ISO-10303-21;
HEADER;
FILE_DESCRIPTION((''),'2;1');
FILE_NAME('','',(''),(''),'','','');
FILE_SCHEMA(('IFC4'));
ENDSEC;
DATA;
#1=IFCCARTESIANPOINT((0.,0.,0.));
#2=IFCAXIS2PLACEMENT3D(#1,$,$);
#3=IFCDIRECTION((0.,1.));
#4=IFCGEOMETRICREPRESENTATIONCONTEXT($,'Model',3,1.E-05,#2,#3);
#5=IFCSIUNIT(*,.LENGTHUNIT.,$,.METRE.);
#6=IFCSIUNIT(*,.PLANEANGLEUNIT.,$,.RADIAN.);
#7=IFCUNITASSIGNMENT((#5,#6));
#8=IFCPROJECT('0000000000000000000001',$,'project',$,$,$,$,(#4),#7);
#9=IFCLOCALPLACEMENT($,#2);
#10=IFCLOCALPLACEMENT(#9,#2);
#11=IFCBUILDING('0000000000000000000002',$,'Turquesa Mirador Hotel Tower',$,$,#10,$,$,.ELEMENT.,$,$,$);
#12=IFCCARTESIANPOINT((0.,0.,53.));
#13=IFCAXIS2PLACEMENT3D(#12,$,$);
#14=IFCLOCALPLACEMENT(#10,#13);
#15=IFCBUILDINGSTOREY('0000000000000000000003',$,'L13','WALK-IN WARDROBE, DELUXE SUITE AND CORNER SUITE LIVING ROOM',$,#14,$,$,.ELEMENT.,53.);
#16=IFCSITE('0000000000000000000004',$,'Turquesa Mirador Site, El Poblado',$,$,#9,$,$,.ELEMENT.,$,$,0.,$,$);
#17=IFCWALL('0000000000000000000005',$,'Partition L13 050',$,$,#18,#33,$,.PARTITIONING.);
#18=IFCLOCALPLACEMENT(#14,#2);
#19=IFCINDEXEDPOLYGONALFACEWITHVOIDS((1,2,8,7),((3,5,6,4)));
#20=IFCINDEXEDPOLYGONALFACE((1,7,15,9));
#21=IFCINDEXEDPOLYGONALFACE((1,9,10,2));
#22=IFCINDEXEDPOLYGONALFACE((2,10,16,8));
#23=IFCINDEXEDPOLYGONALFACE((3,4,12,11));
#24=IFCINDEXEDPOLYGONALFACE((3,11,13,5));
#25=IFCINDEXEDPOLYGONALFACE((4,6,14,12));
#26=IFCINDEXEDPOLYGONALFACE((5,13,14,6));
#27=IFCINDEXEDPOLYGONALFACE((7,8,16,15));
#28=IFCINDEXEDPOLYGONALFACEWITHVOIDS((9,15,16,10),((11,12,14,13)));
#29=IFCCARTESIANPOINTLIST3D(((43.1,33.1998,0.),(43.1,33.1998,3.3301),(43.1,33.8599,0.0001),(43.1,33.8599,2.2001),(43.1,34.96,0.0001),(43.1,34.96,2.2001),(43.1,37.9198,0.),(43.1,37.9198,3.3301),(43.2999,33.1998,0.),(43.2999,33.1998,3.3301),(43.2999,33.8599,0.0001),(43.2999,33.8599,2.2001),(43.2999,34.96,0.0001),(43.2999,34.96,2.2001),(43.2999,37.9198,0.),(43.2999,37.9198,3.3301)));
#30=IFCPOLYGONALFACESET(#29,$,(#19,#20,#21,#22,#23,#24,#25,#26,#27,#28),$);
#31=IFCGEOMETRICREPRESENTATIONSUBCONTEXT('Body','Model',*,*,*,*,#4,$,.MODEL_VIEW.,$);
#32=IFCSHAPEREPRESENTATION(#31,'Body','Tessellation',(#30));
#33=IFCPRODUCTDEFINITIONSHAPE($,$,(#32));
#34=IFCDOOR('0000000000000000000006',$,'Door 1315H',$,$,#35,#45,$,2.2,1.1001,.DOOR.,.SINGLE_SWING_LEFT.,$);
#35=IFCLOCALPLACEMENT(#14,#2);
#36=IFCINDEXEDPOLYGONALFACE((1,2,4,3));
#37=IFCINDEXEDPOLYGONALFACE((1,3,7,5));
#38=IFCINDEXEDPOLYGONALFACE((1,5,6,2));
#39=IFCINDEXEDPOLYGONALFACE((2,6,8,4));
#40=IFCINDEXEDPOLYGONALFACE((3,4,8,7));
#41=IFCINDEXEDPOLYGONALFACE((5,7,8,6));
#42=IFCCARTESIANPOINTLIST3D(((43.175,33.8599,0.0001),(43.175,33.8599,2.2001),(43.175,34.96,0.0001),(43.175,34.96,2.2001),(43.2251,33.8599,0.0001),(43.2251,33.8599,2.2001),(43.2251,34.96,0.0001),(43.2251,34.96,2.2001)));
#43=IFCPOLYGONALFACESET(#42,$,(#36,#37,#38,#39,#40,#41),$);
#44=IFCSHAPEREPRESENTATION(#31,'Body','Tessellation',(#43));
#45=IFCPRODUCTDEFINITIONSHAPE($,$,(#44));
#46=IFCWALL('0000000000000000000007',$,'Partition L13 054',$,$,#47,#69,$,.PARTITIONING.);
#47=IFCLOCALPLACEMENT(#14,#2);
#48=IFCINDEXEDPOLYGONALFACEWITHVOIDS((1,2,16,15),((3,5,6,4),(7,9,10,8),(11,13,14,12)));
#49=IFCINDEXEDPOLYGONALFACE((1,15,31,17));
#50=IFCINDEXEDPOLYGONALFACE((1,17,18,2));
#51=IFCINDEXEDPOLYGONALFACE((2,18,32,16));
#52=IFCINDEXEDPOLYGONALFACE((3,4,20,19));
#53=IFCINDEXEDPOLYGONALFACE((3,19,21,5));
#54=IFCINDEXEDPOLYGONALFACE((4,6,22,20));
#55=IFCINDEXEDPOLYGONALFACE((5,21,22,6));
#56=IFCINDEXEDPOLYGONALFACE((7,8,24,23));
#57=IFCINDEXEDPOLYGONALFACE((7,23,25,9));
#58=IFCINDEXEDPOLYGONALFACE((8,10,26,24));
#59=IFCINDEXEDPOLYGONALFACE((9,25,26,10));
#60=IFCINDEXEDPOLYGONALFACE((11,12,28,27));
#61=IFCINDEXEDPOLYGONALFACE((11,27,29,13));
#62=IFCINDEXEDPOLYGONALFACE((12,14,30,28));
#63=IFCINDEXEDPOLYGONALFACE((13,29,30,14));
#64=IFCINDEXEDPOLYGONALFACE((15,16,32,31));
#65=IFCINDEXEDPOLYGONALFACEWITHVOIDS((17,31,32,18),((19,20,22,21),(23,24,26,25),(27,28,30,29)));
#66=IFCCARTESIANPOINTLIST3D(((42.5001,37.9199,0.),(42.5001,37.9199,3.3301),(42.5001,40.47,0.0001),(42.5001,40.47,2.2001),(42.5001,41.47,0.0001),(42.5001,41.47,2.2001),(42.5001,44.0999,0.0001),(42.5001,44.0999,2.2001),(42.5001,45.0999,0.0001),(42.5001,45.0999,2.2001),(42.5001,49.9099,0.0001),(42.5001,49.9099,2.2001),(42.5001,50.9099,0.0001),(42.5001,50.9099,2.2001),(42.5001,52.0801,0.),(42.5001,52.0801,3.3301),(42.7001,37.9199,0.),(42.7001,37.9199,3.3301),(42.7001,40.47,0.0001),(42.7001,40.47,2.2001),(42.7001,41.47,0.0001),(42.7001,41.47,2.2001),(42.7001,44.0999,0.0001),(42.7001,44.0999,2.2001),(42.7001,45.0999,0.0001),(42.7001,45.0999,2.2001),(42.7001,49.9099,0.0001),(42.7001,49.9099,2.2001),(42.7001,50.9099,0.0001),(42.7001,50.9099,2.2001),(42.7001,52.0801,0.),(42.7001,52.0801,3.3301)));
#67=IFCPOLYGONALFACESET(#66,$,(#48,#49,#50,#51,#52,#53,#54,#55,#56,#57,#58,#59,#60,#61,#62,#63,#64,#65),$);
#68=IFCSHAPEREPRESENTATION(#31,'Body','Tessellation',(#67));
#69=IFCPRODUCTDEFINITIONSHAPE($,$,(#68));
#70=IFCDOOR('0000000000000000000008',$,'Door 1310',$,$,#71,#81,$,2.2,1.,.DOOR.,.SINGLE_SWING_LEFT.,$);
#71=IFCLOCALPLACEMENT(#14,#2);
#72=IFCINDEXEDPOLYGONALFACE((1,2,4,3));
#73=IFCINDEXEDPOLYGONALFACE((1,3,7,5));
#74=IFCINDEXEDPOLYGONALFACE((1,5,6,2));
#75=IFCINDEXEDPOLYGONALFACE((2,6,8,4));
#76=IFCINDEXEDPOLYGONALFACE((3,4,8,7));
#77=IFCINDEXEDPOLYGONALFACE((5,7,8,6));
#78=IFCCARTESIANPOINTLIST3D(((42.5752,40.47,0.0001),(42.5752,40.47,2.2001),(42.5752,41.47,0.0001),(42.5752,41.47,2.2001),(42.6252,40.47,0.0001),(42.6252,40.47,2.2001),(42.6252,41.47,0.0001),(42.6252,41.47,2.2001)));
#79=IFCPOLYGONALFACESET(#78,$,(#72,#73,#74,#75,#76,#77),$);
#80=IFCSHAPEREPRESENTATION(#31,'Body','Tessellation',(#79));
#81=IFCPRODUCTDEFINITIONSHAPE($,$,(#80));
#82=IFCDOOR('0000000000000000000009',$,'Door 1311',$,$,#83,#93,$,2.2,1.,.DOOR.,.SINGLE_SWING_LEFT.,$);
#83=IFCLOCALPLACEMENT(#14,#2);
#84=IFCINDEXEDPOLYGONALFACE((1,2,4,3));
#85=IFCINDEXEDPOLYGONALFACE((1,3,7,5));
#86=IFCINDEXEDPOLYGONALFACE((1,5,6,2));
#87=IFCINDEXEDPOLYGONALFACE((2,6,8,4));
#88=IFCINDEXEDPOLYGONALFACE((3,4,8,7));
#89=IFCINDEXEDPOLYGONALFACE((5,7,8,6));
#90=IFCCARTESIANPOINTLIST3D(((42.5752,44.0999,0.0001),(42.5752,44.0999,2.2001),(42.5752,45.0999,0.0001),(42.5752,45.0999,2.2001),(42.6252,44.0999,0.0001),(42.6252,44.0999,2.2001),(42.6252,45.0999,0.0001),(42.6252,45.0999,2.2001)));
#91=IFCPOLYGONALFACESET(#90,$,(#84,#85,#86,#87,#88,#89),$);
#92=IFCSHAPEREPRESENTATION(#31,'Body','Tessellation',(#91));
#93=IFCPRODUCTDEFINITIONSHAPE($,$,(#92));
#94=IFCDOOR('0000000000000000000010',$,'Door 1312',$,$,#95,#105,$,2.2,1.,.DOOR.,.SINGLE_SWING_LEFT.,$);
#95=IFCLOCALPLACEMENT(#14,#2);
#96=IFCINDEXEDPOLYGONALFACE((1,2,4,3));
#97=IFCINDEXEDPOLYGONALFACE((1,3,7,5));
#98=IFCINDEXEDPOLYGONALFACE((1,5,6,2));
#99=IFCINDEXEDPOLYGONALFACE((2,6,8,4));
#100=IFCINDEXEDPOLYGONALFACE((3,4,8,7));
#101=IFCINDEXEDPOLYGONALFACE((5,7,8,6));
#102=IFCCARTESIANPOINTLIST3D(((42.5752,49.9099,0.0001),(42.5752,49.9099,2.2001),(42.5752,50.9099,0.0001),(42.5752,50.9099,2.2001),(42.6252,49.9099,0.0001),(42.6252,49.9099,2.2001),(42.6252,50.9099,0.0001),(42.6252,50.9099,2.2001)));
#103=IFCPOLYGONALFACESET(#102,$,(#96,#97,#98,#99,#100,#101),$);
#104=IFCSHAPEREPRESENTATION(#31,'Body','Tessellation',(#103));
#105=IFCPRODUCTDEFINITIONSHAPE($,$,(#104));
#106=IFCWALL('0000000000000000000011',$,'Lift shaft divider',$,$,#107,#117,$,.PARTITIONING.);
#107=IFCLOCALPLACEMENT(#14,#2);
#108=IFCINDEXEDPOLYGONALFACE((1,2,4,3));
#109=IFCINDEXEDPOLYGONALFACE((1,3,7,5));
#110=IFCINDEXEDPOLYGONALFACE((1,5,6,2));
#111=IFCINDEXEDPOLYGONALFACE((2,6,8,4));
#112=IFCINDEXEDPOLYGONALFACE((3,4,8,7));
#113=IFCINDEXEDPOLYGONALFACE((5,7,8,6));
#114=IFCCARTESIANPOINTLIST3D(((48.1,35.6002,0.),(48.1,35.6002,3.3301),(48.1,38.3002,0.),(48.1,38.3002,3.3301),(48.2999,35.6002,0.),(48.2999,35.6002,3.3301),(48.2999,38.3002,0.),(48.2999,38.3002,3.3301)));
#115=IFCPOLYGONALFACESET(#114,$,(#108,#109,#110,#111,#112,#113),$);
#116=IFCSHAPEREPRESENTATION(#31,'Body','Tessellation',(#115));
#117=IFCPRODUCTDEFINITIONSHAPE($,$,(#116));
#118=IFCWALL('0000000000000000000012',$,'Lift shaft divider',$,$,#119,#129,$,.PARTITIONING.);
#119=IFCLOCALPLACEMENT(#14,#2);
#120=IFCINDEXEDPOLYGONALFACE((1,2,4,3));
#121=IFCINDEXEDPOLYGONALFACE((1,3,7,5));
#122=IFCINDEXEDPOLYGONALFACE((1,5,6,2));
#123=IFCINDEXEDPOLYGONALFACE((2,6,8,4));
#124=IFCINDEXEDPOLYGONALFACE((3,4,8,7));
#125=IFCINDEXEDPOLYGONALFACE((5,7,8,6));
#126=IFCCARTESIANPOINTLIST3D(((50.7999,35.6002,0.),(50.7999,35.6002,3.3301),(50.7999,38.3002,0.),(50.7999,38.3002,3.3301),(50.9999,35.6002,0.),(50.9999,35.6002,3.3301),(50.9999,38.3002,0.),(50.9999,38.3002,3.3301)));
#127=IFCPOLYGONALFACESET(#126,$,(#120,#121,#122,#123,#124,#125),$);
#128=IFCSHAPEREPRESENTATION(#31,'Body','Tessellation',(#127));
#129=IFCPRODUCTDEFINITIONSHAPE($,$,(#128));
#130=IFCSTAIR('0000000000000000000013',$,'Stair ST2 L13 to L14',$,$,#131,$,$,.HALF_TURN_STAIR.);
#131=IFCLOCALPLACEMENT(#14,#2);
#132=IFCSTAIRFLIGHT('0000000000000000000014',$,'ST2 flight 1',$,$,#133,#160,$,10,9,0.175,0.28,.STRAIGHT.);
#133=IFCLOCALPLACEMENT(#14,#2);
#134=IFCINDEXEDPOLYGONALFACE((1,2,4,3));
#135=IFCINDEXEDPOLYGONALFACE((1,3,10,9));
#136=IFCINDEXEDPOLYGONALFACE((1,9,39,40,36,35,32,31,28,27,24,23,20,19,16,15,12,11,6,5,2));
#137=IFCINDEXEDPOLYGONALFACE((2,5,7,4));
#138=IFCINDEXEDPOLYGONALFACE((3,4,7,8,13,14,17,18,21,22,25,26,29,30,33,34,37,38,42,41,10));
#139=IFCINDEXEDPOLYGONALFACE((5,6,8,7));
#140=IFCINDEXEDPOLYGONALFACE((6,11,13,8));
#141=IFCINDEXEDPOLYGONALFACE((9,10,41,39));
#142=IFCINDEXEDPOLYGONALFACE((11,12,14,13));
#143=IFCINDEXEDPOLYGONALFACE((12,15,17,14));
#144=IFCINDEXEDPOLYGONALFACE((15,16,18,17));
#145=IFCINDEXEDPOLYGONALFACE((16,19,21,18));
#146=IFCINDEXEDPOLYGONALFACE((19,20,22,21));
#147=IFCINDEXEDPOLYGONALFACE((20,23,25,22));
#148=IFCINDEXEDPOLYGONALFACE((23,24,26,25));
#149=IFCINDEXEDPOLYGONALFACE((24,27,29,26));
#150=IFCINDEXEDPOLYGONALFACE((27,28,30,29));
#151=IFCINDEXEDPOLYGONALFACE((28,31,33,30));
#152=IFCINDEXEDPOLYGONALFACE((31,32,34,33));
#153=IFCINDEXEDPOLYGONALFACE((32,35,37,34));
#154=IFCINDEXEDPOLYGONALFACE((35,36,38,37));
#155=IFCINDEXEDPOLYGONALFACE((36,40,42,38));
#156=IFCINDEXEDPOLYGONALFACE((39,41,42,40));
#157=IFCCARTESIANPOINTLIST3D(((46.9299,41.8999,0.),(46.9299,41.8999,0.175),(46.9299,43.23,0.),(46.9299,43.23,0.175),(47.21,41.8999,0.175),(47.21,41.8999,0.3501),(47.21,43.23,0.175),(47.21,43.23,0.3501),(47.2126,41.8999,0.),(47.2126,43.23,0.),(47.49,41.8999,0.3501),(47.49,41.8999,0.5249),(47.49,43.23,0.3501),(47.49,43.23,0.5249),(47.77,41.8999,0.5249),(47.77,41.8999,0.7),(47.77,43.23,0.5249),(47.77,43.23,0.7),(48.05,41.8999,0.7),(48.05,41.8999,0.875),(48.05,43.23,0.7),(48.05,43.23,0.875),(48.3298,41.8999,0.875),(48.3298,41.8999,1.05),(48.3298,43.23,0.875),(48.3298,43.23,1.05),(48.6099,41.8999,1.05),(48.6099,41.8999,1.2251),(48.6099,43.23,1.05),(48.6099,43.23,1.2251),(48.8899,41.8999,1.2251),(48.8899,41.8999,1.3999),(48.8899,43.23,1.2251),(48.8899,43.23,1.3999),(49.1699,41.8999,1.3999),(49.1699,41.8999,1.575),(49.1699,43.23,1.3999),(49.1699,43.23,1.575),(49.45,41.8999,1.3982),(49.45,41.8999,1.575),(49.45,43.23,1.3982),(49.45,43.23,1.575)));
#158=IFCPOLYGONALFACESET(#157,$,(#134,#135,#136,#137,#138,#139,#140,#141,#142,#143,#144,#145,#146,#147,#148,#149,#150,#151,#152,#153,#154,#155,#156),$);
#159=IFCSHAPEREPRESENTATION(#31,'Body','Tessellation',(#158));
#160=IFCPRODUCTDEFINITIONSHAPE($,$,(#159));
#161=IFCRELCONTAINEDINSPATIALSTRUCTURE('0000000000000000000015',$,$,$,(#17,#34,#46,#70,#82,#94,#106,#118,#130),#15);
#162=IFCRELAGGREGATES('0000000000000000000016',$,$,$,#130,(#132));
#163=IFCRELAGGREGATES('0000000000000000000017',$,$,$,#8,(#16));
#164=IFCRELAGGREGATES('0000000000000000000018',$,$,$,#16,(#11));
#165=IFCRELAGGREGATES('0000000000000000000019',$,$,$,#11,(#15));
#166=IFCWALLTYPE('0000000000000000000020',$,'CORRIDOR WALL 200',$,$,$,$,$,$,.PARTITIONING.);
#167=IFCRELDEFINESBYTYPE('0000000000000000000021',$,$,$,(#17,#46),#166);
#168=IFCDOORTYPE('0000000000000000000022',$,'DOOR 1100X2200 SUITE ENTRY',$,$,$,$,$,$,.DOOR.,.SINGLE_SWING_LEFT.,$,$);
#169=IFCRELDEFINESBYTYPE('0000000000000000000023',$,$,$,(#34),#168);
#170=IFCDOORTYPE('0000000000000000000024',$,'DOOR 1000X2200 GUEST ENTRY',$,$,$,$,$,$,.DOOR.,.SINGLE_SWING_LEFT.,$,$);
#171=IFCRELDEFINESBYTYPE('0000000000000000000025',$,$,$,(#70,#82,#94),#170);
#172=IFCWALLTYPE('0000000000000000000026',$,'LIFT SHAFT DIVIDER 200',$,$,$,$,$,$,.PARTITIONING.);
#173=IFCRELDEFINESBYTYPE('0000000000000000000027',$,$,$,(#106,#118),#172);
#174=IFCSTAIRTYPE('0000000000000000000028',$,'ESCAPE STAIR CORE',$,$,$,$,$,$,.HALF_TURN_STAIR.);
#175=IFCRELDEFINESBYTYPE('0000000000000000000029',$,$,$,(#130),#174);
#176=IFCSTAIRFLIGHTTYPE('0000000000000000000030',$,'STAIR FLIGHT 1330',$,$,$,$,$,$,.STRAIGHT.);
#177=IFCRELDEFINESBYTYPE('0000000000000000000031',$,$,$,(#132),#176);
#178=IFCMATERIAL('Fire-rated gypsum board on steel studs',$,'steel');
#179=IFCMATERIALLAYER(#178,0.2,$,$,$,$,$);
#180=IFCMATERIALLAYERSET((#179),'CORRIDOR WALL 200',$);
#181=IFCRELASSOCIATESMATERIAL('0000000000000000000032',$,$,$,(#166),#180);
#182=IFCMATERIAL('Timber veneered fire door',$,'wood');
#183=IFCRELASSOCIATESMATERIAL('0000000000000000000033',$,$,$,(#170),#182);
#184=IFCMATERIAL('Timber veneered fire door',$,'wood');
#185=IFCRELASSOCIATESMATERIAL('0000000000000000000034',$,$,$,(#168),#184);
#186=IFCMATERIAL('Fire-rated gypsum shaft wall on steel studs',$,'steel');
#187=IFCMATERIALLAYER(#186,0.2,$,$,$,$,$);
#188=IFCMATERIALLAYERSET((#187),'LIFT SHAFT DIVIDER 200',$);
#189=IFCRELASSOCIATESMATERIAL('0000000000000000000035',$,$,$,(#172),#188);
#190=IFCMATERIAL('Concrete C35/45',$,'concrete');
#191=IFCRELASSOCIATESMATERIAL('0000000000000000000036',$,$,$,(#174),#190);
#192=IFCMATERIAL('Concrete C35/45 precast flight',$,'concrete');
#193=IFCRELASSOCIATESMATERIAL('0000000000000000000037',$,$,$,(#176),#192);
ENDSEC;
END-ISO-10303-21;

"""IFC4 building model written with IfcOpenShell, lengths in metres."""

from ifc_helpers import new_model, si_unit, direction, frame, frame_2d, origin, place, context, subcontext, project, spatial, polyline, rectangle, outline, extrude, material, layer, layer_set, type_object, element, fill, aggregate, save


model = new_model("IFC4")

# Units and contexts
model_context = context("Model", 3, precision=1e-05, world=origin(), true_north=direction((0.0, 1.0)))
body_context = subcontext(model_context, "Body", "Model", "MODEL_VIEW")
ifc_project = project(units=[si_unit("LENGTHUNIT", "METRE"), si_unit("PLANEANGLEUNIT", "RADIAN")], contexts=[model_context])

# Site, building, storey
site_placement = place(None, origin())
site = spatial("IfcSite", under=ifc_project, at=site_placement, Name="Turquesa Mirador Site, El Poblado", CompositionType="ELEMENT", RefElevation=0.0)
building_placement = place(site_placement, origin())
building = spatial("IfcBuilding", under=site, at=building_placement, Name="Turquesa Mirador Hotel Tower", CompositionType="ELEMENT")
storey_placement = place(building_placement, frame((0.0, 0.0, 53.0)))
storey = spatial("IfcBuildingStorey", under=building, at=storey_placement, Name="L13", Description="WALK-IN WARDROBE, DELUXE SUITE AND CORNER SUITE LIVING ROOM", CompositionType="ELEMENT", Elevation=53.0)

# Shared definitions
ifc_material_1 = material(Name="Fire-rated gypsum board on steel studs", Category="steel")
ifc_layer_1 = layer(ifc_material_1, 0.2)
ifc_layer_set_1 = layer_set([ifc_layer_1], Name="CORRIDOR WALL 200")
wall_type_1 = type_object("IfcWallType", Name="CORRIDOR WALL 200", PredefinedType="PARTITIONING", material=ifc_layer_set_1)
ifc_material_2 = material(Name="Timber veneered fire door", Category="wood")
door_type_1 = type_object("IfcDoorType", Name="DOOR 1000X2200 GUEST ENTRY", OperationType="SINGLE_SWING_LEFT", PredefinedType="DOOR", material=ifc_material_2)

# Wall, opening, door
wall_1_placement = place(storey_placement, frame((43.2, 33.2, 0.0), z_axis=(0.0, 0.0, 1.0), x_axis=(0.0, 1.0, 0.0)))
wall_1 = element("IfcWall", 1, at=wall_1_placement, inside=storey, type_object=wall_type_1, Name="Partition L13 050", PredefinedType="PARTITIONING", context=body_context, shape_type="SweptSolid", body=[
    extrude(rectangle(XDim=4.72, YDim=0.2, at=frame_2d((2.3599, 0.0))), origin(), (0.0, 0.0, 1.0), 3.3301),
])
opening_1_placement = place(wall_1_placement, frame((0.6599, 0.0, 0.0)))
opening_1 = element("IfcOpeningElement", 2, at=opening_1_placement, cuts=wall_1, PredefinedType="OPENING", context=body_context, shape_type="SweptSolid", body=[
    extrude(rectangle(XDim=1.1001, YDim=2.2, at=frame_2d((0.55, 1.1001))), frame((0.0, 0.1099, 0.0), z_axis=(0.0, -1.0, 0.0), x_axis=(1.0, 0.0, 0.0)), (0.0, 0.0, 1.0), 0.22),
])
ifc_material_3 = material(Name="Timber veneered fire door", Category="wood")
door_type_2 = type_object("IfcDoorType", Name="DOOR 1100X2200 SUITE ENTRY", OperationType="SINGLE_SWING_LEFT", PredefinedType="DOOR", material=ifc_material_3)
door_1_placement = place(opening_1_placement, origin())
door_1 = element("IfcDoor", 3, at=door_1_placement, inside=storey, type_object=door_type_2, Name="Door 1315H", OperationType="SINGLE_SWING_LEFT", OverallHeight=2.2, OverallWidth=1.1001, PredefinedType="DOOR", context=body_context, shape_type="SweptSolid", body=[
    extrude(rectangle(XDim=1.1001, YDim=2.2, at=frame_2d((0.55, 1.1001))), frame((0.0, 0.0249, 0.0), z_axis=(0.0, -1.0, 0.0), x_axis=(1.0, 0.0, 0.0)), (0.0, 0.0, 1.0), 0.05),
])
fill(opening_1, door_1)

# Wall, openings, doors
wall_2_placement = place(storey_placement, frame((42.6001, 37.9199, 0.0), z_axis=(0.0, 0.0, 1.0), x_axis=(0.0, 1.0, 0.0)))
wall_2 = element("IfcWall", 4, at=wall_2_placement, inside=storey, type_object=wall_type_1, Name="Partition L13 054", PredefinedType="PARTITIONING", context=body_context, shape_type="SweptSolid", body=[
    extrude(rectangle(XDim=14.1602, YDim=0.2, at=frame_2d((7.0801, 0.0))), origin(), (0.0, 0.0, 1.0), 3.3301),
])
opening_2_placement = place(wall_2_placement, frame((2.55, 0.0, 0.0)))
opening_2 = element("IfcOpeningElement", 5, at=opening_2_placement, cuts=wall_2, PredefinedType="OPENING", context=body_context, shape_type="SweptSolid", body=[
    extrude(rectangle(XDim=1.0, YDim=2.2, at=frame_2d((0.5, 1.1001))), frame((0.0, 0.1099, 0.0), z_axis=(0.0, -1.0, 0.0), x_axis=(1.0, 0.0, 0.0)), (0.0, 0.0, 1.0), 0.22),
])
opening_3_placement = place(wall_2_placement, frame((6.1799, 0.0, 0.0)))
opening_3 = element("IfcOpeningElement", 6, at=opening_3_placement, cuts=wall_2, PredefinedType="OPENING", context=body_context, shape_type="SweptSolid", body=[
    extrude(rectangle(XDim=1.0, YDim=2.2, at=frame_2d((0.5, 1.1001))), frame((0.0, 0.1099, 0.0), z_axis=(0.0, -1.0, 0.0), x_axis=(1.0, 0.0, 0.0)), (0.0, 0.0, 1.0), 0.22),
])
opening_4_placement = place(wall_2_placement, frame((11.99, 0.0, 0.0)))
opening_4 = element("IfcOpeningElement", 7, at=opening_4_placement, cuts=wall_2, PredefinedType="OPENING", context=body_context, shape_type="SweptSolid", body=[
    extrude(rectangle(XDim=1.0, YDim=2.2, at=frame_2d((0.5, 1.1001))), frame((0.0, 0.1099, 0.0), z_axis=(0.0, -1.0, 0.0), x_axis=(1.0, 0.0, 0.0)), (0.0, 0.0, 1.0), 0.22),
])
door_2_placement = place(opening_2_placement, origin())
door_2 = element("IfcDoor", 8, at=door_2_placement, inside=storey, type_object=door_type_1, Name="Door 1310", OperationType="SINGLE_SWING_LEFT", OverallHeight=2.2, OverallWidth=1.0, PredefinedType="DOOR", context=body_context, shape_type="SweptSolid", body=[
    extrude(rectangle(XDim=1.0, YDim=2.2, at=frame_2d((0.5, 1.1001))), frame((0.0, 0.0249, 0.0), z_axis=(0.0, -1.0, 0.0), x_axis=(1.0, 0.0, 0.0)), (0.0, 0.0, 1.0), 0.05),
])
fill(opening_2, door_2)
door_3_placement = place(opening_3_placement, origin())
door_3 = element("IfcDoor", 9, at=door_3_placement, inside=storey, type_object=door_type_1, Name="Door 1311", OperationType="SINGLE_SWING_LEFT", OverallHeight=2.2, OverallWidth=1.0, PredefinedType="DOOR", context=body_context, shape_type="SweptSolid", body=[
    extrude(rectangle(XDim=1.0, YDim=2.2, at=frame_2d((0.5, 1.1001))), frame((0.0, 0.0249, 0.0), z_axis=(0.0, -1.0, 0.0), x_axis=(1.0, 0.0, 0.0)), (0.0, 0.0, 1.0), 0.05),
])
fill(opening_3, door_3)
door_4_placement = place(opening_4_placement, origin())
door_4 = element("IfcDoor", 10, at=door_4_placement, inside=storey, type_object=door_type_1, Name="Door 1312", OperationType="SINGLE_SWING_LEFT", OverallHeight=2.2, OverallWidth=1.0, PredefinedType="DOOR", context=body_context, shape_type="SweptSolid", body=[
    extrude(rectangle(XDim=1.0, YDim=2.2, at=frame_2d((0.5, 1.1001))), frame((0.0, 0.0249, 0.0), z_axis=(0.0, -1.0, 0.0), x_axis=(1.0, 0.0, 0.0)), (0.0, 0.0, 1.0), 0.05),
])
fill(opening_4, door_4)

# Walls
ifc_material_4 = material(Name="Fire-rated gypsum shaft wall on steel studs", Category="steel")
ifc_layer_2 = layer(ifc_material_4, 0.2)
ifc_layer_set_2 = layer_set([ifc_layer_2], Name="LIFT SHAFT DIVIDER 200")
wall_type_2 = type_object("IfcWallType", Name="LIFT SHAFT DIVIDER 200", PredefinedType="PARTITIONING", material=ifc_layer_set_2)
for number, where, z_axis, x_axis, name in (
    (11, (48.2, 35.6001, 0.0), (0.0, 0.0, 1.0), (0.0, 1.0, 0.0), "Lift shaft divider"),
    (12, (50.8999, 35.6001, 0.0), (0.0, 0.0, 1.0), (0.0, 1.0, 0.0), "Lift shaft divider"),
):
    element("IfcWall", number, at=place(storey_placement, frame(where, z_axis=z_axis, x_axis=x_axis)), inside=storey, type_object=wall_type_2, Name=name, PredefinedType="PARTITIONING", context=body_context, shape_type="SweptSolid", body=[
        extrude(rectangle(XDim=2.7, YDim=0.2, at=frame_2d((1.3501, 0.0))), origin(), (0.0, 0.0, 1.0), 3.3301),
    ])

# Stair, stair flight
ifc_material_5 = material(Name="Concrete C35/45", Category="concrete")
stair_type = type_object("IfcStairType", Name="ESCAPE STAIR CORE", PredefinedType="HALF_TURN_STAIR", material=ifc_material_5)
stair_placement = place(storey_placement, origin())
stair = element("IfcStair", 13, at=stair_placement, inside=storey, type_object=stair_type, Name="Stair ST2 L13 to L14", PredefinedType="HALF_TURN_STAIR")
ifc_material_6 = material(Name="Concrete C35/45 precast flight", Category="concrete")
stair_flight_type = type_object("IfcStairFlightType", Name="STAIR FLIGHT 1330", PredefinedType="STRAIGHT", material=ifc_material_6)
stair_flight_placement = place(storey_placement, frame((46.9299, 42.5649, 0.0), z_axis=(0.0, 0.0, 1.0), x_axis=(1.0, 0.0, 0.0)))
stair_flight = element("IfcStairFlight", 14, at=stair_flight_placement, type_object=stair_flight_type, Name="ST2 flight 1", NumberOfRisers=10, NumberOfTreads=9, PredefinedType="STRAIGHT", RiserHeight=0.175, TreadLength=0.28, context=body_context, shape_type="SweptSolid", body=[
    extrude(outline(polyline([(0.0, 0.0), (0.0, 0.175), (0.28, 0.175), (0.28, 0.3501), (0.5601, 0.3501), (0.5601, 0.5249), (0.8401, 0.5249), (0.8401, 0.7), (1.1201, 0.7), (1.1201, 0.875), (1.3999, 0.875), (1.3999, 1.05), (1.6799, 1.05), (1.6799, 1.2251), (1.96, 1.2251), (1.96, 1.3999), (2.24, 1.3999), (2.24, 1.575), (2.52, 1.575), (2.52, 1.75), (2.52, 1.3982), (0.2827, 0.0), (0.0, 0.0)])), frame((0.0, 0.665, 0.0), z_axis=(0.0, -1.0, 0.0), x_axis=(1.0, 0.0, 0.0)), (0.0, 0.0, 1.0), 1.3301),
])
aggregate(stair, [stair_flight])

save(model, "model.ifc")
